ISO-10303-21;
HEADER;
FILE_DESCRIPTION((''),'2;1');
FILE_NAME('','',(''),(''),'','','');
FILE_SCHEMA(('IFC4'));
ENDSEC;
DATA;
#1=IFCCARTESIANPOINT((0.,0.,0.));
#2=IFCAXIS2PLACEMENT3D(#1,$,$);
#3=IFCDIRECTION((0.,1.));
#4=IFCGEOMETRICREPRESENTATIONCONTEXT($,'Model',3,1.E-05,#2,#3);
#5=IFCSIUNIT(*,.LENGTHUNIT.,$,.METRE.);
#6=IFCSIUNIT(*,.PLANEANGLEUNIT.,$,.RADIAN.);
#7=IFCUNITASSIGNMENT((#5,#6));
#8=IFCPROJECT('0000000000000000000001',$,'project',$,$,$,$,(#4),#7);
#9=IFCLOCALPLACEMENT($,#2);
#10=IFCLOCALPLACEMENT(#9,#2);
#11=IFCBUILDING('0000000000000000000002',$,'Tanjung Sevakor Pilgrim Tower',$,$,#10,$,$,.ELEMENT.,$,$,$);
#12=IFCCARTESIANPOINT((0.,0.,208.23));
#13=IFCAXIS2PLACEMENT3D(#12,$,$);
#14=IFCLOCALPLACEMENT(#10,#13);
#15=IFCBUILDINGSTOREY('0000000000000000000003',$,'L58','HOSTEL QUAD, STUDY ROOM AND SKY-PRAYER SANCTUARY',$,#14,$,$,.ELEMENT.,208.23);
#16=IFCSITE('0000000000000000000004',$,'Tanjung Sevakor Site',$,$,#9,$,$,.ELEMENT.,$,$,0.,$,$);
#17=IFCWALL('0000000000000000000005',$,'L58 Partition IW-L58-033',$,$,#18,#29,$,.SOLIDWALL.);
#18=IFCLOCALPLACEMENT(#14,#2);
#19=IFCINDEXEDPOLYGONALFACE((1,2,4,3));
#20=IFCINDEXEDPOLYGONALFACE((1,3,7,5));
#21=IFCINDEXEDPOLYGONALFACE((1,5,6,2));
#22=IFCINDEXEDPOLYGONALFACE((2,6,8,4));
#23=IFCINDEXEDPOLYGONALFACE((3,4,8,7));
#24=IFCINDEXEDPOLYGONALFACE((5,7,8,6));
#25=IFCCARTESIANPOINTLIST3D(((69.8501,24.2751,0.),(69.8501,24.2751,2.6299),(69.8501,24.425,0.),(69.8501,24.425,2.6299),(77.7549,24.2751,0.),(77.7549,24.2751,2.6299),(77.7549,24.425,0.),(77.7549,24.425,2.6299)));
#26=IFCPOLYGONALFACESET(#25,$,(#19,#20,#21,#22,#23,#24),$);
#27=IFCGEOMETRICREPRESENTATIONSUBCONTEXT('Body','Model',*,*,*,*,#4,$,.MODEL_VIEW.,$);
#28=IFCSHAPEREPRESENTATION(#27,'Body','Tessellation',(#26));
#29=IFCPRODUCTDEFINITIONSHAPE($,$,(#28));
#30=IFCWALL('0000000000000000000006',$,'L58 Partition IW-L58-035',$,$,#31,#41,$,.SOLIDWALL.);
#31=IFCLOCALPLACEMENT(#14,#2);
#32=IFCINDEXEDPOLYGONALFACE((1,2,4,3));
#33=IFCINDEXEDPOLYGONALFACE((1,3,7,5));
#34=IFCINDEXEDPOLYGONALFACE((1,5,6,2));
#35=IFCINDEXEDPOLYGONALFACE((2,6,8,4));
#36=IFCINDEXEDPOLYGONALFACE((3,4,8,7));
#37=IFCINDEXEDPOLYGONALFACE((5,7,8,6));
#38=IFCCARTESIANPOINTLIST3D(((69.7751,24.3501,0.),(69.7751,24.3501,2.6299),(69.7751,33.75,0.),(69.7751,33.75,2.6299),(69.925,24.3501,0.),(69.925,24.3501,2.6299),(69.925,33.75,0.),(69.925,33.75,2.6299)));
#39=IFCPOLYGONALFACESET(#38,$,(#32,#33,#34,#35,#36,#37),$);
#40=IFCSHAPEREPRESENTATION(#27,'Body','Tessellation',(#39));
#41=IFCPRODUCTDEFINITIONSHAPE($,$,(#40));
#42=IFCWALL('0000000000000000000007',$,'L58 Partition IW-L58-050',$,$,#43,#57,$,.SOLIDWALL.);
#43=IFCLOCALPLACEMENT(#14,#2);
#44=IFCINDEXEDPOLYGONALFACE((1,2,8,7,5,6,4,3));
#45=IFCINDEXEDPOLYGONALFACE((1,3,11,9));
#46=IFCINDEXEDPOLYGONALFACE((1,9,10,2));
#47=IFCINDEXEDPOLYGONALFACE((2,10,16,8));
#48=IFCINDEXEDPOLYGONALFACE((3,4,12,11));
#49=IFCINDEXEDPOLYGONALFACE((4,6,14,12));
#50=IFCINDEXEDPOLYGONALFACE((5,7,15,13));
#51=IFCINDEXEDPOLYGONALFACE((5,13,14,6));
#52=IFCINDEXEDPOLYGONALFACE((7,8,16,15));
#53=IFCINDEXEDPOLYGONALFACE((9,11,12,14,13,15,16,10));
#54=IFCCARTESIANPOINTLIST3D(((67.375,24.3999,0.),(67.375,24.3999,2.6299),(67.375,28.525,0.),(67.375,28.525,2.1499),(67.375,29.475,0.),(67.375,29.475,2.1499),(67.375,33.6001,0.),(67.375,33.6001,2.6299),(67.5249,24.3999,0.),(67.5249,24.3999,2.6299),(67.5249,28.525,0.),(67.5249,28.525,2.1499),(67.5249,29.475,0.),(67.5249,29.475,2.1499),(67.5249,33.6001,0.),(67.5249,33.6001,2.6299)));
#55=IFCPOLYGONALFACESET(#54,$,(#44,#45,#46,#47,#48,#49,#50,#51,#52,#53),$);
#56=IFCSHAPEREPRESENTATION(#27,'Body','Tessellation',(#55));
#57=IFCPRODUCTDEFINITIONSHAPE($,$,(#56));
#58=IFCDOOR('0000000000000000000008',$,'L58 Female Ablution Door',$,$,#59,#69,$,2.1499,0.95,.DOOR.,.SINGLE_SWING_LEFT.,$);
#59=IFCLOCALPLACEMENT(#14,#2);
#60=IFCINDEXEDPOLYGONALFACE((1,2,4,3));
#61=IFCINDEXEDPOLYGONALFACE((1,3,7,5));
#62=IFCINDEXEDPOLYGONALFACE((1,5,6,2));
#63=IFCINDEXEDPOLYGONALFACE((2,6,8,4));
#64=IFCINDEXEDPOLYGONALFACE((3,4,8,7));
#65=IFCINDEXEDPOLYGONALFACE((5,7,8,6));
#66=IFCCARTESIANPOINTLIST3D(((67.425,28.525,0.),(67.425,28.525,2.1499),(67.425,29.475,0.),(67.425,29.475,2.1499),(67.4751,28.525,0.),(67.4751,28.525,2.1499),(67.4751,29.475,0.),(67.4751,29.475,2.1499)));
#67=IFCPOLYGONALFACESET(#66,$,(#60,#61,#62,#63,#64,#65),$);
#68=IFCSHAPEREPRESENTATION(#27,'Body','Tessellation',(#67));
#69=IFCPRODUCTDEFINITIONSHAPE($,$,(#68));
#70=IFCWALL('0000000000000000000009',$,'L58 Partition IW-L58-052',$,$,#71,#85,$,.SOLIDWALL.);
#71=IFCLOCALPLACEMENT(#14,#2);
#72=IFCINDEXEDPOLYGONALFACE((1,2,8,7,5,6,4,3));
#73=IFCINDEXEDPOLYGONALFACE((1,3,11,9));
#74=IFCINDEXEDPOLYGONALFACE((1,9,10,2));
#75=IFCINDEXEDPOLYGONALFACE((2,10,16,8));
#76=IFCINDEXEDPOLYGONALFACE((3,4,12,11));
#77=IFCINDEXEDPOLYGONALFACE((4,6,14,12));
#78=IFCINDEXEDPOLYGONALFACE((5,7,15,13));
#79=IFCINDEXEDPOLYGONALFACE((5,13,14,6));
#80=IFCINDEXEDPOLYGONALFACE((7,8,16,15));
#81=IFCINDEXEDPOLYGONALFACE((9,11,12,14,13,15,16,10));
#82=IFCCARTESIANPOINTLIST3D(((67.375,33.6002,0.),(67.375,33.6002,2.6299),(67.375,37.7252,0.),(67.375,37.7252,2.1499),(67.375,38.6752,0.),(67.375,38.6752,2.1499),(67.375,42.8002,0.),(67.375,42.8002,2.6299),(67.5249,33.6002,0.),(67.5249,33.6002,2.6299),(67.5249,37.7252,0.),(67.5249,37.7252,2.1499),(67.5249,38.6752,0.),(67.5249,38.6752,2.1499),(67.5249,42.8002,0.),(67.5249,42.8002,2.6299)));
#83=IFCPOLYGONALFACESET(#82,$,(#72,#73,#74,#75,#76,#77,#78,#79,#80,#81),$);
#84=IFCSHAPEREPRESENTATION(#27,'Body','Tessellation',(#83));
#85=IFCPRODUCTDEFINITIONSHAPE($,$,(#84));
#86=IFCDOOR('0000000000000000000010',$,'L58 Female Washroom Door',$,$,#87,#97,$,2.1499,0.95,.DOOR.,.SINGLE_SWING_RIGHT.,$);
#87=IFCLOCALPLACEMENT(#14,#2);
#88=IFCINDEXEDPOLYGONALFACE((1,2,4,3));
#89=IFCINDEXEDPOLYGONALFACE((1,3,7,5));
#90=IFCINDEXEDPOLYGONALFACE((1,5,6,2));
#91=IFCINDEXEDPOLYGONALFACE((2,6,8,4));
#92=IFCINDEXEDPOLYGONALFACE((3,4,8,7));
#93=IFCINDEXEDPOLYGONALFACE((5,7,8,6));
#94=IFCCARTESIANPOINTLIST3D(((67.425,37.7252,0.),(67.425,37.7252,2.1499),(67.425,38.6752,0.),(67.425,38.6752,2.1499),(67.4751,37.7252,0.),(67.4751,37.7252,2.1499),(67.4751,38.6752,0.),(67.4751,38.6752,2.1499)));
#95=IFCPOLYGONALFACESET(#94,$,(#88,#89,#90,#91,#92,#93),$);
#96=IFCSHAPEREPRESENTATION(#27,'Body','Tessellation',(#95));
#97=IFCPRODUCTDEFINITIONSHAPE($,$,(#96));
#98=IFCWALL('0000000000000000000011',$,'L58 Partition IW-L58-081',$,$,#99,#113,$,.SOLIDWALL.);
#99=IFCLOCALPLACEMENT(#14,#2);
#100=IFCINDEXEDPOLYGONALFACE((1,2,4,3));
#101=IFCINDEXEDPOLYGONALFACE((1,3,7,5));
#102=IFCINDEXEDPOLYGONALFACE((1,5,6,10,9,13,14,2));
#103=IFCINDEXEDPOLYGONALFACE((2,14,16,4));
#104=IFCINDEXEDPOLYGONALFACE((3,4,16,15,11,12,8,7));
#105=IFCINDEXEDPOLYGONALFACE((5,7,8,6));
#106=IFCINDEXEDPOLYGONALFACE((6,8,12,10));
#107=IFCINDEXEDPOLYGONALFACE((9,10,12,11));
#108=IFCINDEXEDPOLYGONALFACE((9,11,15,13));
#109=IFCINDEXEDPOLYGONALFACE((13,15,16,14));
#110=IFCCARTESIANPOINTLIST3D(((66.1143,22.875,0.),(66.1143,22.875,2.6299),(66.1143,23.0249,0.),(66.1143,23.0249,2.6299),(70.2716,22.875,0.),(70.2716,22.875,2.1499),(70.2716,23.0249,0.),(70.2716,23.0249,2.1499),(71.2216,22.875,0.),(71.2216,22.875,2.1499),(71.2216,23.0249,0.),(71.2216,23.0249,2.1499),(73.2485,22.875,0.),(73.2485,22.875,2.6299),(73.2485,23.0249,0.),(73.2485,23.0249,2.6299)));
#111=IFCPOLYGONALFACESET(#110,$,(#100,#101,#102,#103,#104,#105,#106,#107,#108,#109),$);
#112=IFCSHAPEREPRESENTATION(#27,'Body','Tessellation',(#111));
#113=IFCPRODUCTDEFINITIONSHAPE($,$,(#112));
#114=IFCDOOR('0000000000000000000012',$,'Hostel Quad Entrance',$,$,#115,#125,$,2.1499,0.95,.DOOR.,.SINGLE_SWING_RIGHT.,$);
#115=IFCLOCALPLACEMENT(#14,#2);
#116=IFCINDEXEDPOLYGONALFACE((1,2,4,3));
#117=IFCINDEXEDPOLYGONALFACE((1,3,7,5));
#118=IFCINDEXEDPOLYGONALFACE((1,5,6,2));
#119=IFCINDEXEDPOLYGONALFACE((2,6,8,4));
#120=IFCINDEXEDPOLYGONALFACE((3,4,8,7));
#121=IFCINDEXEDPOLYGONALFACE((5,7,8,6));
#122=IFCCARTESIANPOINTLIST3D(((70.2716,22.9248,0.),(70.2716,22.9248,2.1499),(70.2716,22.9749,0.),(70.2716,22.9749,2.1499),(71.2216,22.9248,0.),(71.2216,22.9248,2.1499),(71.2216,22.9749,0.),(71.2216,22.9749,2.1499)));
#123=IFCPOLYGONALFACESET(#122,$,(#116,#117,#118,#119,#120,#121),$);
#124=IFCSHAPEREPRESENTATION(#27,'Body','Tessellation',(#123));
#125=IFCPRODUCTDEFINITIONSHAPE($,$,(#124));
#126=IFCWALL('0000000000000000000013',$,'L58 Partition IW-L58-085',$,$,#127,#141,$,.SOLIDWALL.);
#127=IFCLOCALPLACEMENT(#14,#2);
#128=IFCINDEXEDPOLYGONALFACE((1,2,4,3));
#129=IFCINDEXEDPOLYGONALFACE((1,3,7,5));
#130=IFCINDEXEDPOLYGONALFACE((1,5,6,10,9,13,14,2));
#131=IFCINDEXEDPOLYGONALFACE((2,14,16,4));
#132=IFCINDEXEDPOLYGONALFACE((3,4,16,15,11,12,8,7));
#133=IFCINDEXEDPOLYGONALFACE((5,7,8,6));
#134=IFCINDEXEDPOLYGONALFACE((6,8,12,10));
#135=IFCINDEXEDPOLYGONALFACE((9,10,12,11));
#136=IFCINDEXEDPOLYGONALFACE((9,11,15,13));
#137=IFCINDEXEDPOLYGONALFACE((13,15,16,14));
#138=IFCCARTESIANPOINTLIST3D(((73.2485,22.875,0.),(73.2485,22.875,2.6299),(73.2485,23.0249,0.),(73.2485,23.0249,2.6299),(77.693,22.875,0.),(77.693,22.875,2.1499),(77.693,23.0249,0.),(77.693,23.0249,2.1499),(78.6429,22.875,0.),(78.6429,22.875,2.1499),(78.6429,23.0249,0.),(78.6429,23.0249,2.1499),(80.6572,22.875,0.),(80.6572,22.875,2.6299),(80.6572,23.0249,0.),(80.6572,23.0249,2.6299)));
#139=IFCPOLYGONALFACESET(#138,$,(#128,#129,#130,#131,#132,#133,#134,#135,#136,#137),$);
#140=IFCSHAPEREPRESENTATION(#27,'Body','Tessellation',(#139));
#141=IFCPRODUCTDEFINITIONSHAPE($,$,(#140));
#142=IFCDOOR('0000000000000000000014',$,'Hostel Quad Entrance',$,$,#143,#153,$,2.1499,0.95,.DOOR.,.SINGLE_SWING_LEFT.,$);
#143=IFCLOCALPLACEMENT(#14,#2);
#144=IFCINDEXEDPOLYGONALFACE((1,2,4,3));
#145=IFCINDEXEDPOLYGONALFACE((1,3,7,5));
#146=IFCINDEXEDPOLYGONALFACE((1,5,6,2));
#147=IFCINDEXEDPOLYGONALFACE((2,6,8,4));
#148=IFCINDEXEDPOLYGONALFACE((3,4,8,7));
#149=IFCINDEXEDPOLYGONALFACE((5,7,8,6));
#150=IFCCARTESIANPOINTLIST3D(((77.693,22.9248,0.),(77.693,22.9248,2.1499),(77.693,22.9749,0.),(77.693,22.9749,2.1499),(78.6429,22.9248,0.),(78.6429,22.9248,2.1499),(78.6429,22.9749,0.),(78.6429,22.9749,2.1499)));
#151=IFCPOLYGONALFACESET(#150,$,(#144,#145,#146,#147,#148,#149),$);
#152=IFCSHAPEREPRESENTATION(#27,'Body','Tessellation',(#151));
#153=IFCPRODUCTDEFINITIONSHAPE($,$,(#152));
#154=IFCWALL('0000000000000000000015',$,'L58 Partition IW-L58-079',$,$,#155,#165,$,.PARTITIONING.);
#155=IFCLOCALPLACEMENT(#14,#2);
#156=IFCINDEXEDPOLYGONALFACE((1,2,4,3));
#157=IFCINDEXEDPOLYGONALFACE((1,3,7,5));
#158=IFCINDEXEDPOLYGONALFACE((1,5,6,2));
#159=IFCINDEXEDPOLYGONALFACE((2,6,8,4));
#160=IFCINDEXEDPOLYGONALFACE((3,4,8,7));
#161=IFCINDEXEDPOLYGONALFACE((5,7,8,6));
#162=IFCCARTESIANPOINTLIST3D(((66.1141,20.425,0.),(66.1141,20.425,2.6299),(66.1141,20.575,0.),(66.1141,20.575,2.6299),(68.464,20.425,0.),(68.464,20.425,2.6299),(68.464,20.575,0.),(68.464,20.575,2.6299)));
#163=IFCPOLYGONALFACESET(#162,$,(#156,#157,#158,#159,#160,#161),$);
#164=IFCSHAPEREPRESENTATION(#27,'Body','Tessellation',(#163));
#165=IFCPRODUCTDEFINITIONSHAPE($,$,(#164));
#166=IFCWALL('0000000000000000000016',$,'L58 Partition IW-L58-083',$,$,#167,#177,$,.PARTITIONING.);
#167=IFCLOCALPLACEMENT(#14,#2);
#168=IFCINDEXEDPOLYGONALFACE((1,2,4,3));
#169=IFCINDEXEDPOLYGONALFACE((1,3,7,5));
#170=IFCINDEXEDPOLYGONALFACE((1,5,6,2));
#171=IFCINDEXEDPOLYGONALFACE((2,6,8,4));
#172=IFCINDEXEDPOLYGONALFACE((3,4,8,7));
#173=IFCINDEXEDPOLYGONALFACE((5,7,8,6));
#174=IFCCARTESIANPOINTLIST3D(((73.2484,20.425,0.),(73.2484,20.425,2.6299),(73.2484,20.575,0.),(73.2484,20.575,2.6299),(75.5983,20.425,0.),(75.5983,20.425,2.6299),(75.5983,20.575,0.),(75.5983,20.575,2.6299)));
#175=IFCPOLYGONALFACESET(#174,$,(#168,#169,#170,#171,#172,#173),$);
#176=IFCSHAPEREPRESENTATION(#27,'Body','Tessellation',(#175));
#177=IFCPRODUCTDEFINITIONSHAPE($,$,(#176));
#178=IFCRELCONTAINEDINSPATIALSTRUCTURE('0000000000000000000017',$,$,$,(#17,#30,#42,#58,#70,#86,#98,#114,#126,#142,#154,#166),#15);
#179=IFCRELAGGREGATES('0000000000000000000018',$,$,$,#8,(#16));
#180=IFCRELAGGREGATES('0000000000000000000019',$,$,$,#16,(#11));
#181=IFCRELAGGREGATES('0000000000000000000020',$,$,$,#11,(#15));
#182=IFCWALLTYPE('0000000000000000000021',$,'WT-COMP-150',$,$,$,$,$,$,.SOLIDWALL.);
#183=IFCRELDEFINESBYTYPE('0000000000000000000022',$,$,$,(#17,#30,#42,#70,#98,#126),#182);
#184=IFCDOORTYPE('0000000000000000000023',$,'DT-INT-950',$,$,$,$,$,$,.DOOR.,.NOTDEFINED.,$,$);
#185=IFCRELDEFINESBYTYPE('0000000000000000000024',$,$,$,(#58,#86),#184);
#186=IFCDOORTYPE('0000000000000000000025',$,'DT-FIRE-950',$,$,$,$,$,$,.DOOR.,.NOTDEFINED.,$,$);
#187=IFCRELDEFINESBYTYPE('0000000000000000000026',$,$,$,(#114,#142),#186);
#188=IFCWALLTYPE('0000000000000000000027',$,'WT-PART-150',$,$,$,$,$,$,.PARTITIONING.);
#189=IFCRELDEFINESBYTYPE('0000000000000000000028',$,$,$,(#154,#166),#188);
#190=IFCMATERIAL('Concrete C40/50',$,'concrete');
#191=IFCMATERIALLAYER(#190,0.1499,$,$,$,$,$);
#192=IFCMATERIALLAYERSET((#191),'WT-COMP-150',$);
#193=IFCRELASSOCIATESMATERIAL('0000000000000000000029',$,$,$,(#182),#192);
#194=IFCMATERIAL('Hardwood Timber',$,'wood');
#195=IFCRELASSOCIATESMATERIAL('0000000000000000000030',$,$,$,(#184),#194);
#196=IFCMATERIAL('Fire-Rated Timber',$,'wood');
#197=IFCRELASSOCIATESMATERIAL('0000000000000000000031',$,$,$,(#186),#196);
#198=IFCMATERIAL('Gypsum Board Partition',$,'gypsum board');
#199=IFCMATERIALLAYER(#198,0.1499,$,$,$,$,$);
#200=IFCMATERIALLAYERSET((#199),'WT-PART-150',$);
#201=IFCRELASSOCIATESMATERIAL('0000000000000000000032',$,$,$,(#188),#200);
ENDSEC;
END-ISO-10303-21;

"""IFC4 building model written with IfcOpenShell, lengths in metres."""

from ifc_helpers import new_model, si_unit, direction, frame, frame_2d, origin, place, context, subcontext, project, spatial, rectangle, extrude, material, layer, layer_set, type_object, element, fill, save


model = new_model("IFC4")

# Units and contexts
model_context = context("Model", 3, precision=1e-05, world=origin(), true_north=direction((0.0, 1.0)))
body_context = subcontext(model_context, "Body", "Model", "MODEL_VIEW")
ifc_project = project(units=[si_unit("LENGTHUNIT", "METRE"), si_unit("PLANEANGLEUNIT", "RADIAN")], contexts=[model_context])

# Site, building, storey
site_placement = place(None, origin())
site = spatial("IfcSite", under=ifc_project, at=site_placement, Name="Tanjung Sevakor Site", CompositionType="ELEMENT", RefElevation=0.0)
building_placement = place(site_placement, origin())
building = spatial("IfcBuilding", under=site, at=building_placement, Name="Tanjung Sevakor Pilgrim Tower", CompositionType="ELEMENT")
storey_placement = place(building_placement, frame((0.0, 0.0, 208.23)))
storey = spatial("IfcBuildingStorey", under=building, at=storey_placement, Name="L58", Description="HOSTEL QUAD, STUDY ROOM AND SKY-PRAYER SANCTUARY", CompositionType="ELEMENT", Elevation=208.23)

# Walls
ifc_material_1 = material(Name="Concrete C40/50", Category="concrete")
ifc_layer_1 = layer(ifc_material_1, 0.1499)
ifc_layer_set_1 = layer_set([ifc_layer_1], Name="WT-COMP-150")
wall_type_1 = type_object("IfcWallType", Name="WT-COMP-150", PredefinedType="SOLIDWALL", material=ifc_layer_set_1)
wall_1_placement = place(storey_placement, frame((69.8501, 24.3501, 0.0), z_axis=(0.0, 0.0, 1.0), x_axis=(1.0, 0.0, 0.0)))
element("IfcWall", 1, at=wall_1_placement, inside=storey, type_object=wall_type_1, Name="L58 Partition IW-L58-033", PredefinedType="SOLIDWALL", context=body_context, shape_type="SweptSolid", body=[
    extrude(rectangle(XDim=7.9048, YDim=0.1499, at=frame_2d((3.9524, 0.0))), origin(), (0.0, 0.0, 1.0), 2.6299),
])
wall_2_placement = place(storey_placement, frame((69.8501, 24.3501, 0.0), z_axis=(0.0, 0.0, 1.0), x_axis=(0.0, 1.0, 0.0)))
element("IfcWall", 2, at=wall_2_placement, inside=storey, type_object=wall_type_1, Name="L58 Partition IW-L58-035", PredefinedType="SOLIDWALL", context=body_context, shape_type="SweptSolid", body=[
    extrude(rectangle(XDim=9.3999, YDim=0.1499, at=frame_2d((4.7, 0.0))), origin(), (0.0, 0.0, 1.0), 2.6299),
])

# Walls, openings, doors
wall_3_placement = place(storey_placement, frame((67.45, 24.3999, 0.0), z_axis=(0.0, 0.0, 1.0), x_axis=(0.0, 1.0, 0.0)))
wall_3 = element("IfcWall", 3, at=wall_3_placement, inside=storey, type_object=wall_type_1, Name="L58 Partition IW-L58-050", PredefinedType="SOLIDWALL", context=body_context, shape_type="SweptSolid", body=[
    extrude(rectangle(XDim=9.2002, YDim=0.1499, at=frame_2d((4.6001, 0.0))), origin(), (0.0, 0.0, 1.0), 2.6299),
])
opening_1_placement = place(wall_3_placement, frame((4.125, 0.0, 0.0)))
opening_1 = element("IfcOpeningElement", 4, at=opening_1_placement, cuts=wall_3, PredefinedType="OPENING", context=body_context, shape_type="SweptSolid", body=[
    extrude(rectangle(XDim=0.95, YDim=2.1499, at=frame_2d((0.4751, 1.075))), frame((0.0, 0.085, 0.0), z_axis=(0.0, -1.0, 0.0), x_axis=(1.0, 0.0, 0.0)), (0.0, 0.0, 1.0), 0.1699),
])
ifc_material_2 = material(Name="Hardwood Timber", Category="wood")
door_type_1 = type_object("IfcDoorType", Name="DT-INT-950", OperationType="NOTDEFINED", PredefinedType="DOOR", material=ifc_material_2)
door_1_placement = place(opening_1_placement, origin())
door_1 = element("IfcDoor", 5, at=door_1_placement, inside=storey, type_object=door_type_1, Name="L58 Female Ablution Door", OperationType="SINGLE_SWING_LEFT", OverallHeight=2.1499, OverallWidth=0.95, PredefinedType="DOOR", context=body_context, shape_type="SweptSolid", body=[
    extrude(rectangle(XDim=0.95, YDim=2.1499, at=frame_2d((0.4751, 1.075))), frame((0.0, 0.0249, 0.0), z_axis=(0.0, -1.0, 0.0), x_axis=(1.0, 0.0, 0.0)), (0.0, 0.0, 1.0), 0.05),
])
fill(opening_1, door_1)
wall_4_placement = place(storey_placement, frame((67.45, 33.6001, 0.0), z_axis=(0.0, 0.0, 1.0), x_axis=(0.0, 1.0, 0.0)))
wall_4 = element("IfcWall", 6, at=wall_4_placement, inside=storey, type_object=wall_type_1, Name="L58 Partition IW-L58-052", PredefinedType="SOLIDWALL", context=body_context, shape_type="SweptSolid", body=[
    extrude(rectangle(XDim=9.2, YDim=0.1499, at=frame_2d((4.6001, 0.0))), origin(), (0.0, 0.0, 1.0), 2.6299),
])
opening_2_placement = place(wall_4_placement, frame((4.125, 0.0, 0.0)))
opening_2 = element("IfcOpeningElement", 7, at=opening_2_placement, cuts=wall_4, PredefinedType="OPENING", context=body_context, shape_type="SweptSolid", body=[
    extrude(rectangle(XDim=0.95, YDim=2.1499, at=frame_2d((0.4751, 1.075))), frame((0.0, 0.085, 0.0), z_axis=(0.0, -1.0, 0.0), x_axis=(1.0, 0.0, 0.0)), (0.0, 0.0, 1.0), 0.1699),
])
door_2_placement = place(opening_2_placement, origin())
door_2 = element("IfcDoor", 8, at=door_2_placement, inside=storey, type_object=door_type_1, Name="L58 Female Washroom Door", OperationType="SINGLE_SWING_RIGHT", OverallHeight=2.1499, OverallWidth=0.95, PredefinedType="DOOR", context=body_context, shape_type="SweptSolid", body=[
    extrude(rectangle(XDim=0.95, YDim=2.1499, at=frame_2d((0.4751, 1.075))), frame((0.0, 0.0249, 0.0), z_axis=(0.0, -1.0, 0.0), x_axis=(1.0, 0.0, 0.0)), (0.0, 0.0, 1.0), 0.05),
])
fill(opening_2, door_2)
wall_5_placement = place(storey_placement, frame((66.1143, 22.95, 0.0), z_axis=(0.0, 0.0, 1.0), x_axis=(1.0, 0.0, 0.0)))
wall_5 = element("IfcWall", 9, at=wall_5_placement, inside=storey, type_object=wall_type_1, Name="L58 Partition IW-L58-081", PredefinedType="SOLIDWALL", context=body_context, shape_type="SweptSolid", body=[
    extrude(rectangle(XDim=7.1343, YDim=0.1499, at=frame_2d((3.5671, 0.0))), origin(), (0.0, 0.0, 1.0), 2.6299),
])
opening_3_placement = place(wall_5_placement, frame((4.1572, 0.0, 0.0)))
opening_3 = element("IfcOpeningElement", 10, at=opening_3_placement, cuts=wall_5, PredefinedType="OPENING", context=body_context, shape_type="SweptSolid", body=[
    extrude(rectangle(XDim=0.95, YDim=2.1499, at=frame_2d((0.4751, 1.075))), frame((0.0, 0.085, 0.0), z_axis=(0.0, -1.0, 0.0), x_axis=(1.0, 0.0, 0.0)), (0.0, 0.0, 1.0), 0.1699),
])
ifc_material_3 = material(Name="Fire-Rated Timber", Category="wood")
door_type_2 = type_object("IfcDoorType", Name="DT-FIRE-950", OperationType="NOTDEFINED", PredefinedType="DOOR", material=ifc_material_3)
door_3_placement = place(opening_3_placement, origin())
door_3 = element("IfcDoor", 11, at=door_3_placement, inside=storey, type_object=door_type_2, Name="Hostel Quad Entrance", OperationType="SINGLE_SWING_RIGHT", OverallHeight=2.1499, OverallWidth=0.95, PredefinedType="DOOR", context=body_context, shape_type="SweptSolid", body=[
    extrude(rectangle(XDim=0.95, YDim=2.1499, at=frame_2d((0.4751, 1.075))), frame((0.0, 0.0249, 0.0), z_axis=(0.0, -1.0, 0.0), x_axis=(1.0, 0.0, 0.0)), (0.0, 0.0, 1.0), 0.05),
])
fill(opening_3, door_3)
wall_6_placement = place(storey_placement, frame((73.2485, 22.95, 0.0), z_axis=(0.0, 0.0, 1.0), x_axis=(1.0, 0.0, 0.0)))
wall_6 = element("IfcWall", 12, at=wall_6_placement, inside=storey, type_object=wall_type_1, Name="L58 Partition IW-L58-085", PredefinedType="SOLIDWALL", context=body_context, shape_type="SweptSolid", body=[
    extrude(rectangle(XDim=7.4087, YDim=0.1499, at=frame_2d((3.7043, 0.0))), origin(), (0.0, 0.0, 1.0), 2.6299),
])
opening_4_placement = place(wall_6_placement, frame((4.4443, 0.0, 0.0)))
opening_4 = element("IfcOpeningElement", 13, at=opening_4_placement, cuts=wall_6, PredefinedType="OPENING", context=body_context, shape_type="SweptSolid", body=[
    extrude(rectangle(XDim=0.95, YDim=2.1499, at=frame_2d((0.4751, 1.075))), frame((0.0, 0.085, 0.0), z_axis=(0.0, -1.0, 0.0), x_axis=(1.0, 0.0, 0.0)), (0.0, 0.0, 1.0), 0.1699),
])
door_4_placement = place(opening_4_placement, origin())
door_4 = element("IfcDoor", 14, at=door_4_placement, inside=storey, type_object=door_type_2, Name="Hostel Quad Entrance", OperationType="SINGLE_SWING_LEFT", OverallHeight=2.1499, OverallWidth=0.95, PredefinedType="DOOR", context=body_context, shape_type="SweptSolid", body=[
    extrude(rectangle(XDim=0.95, YDim=2.1499, at=frame_2d((0.4751, 1.075))), frame((0.0, 0.0249, 0.0), z_axis=(0.0, -1.0, 0.0), x_axis=(1.0, 0.0, 0.0)), (0.0, 0.0, 1.0), 0.05),
])
fill(opening_4, door_4)

# Walls
ifc_material_4 = material(Name="Gypsum Board Partition", Category="gypsum board")
ifc_layer_2 = layer(ifc_material_4, 0.1499)
ifc_layer_set_2 = layer_set([ifc_layer_2], Name="WT-PART-150")
wall_type_2 = type_object("IfcWallType", Name="WT-PART-150", PredefinedType="PARTITIONING", material=ifc_layer_set_2)
for number, where, z_axis, x_axis, name in (
    (15, (66.1143, 20.5, 0.0), (0.0, 0.0, 1.0), (1.0, 0.0, 0.0), "L58 Partition IW-L58-079"),
    (16, (73.2485, 20.5, 0.0), (0.0, 0.0, 1.0), (1.0, 0.0, 0.0), "L58 Partition IW-L58-083"),
):
    element("IfcWall", number, at=place(storey_placement, frame(where, z_axis=z_axis, x_axis=x_axis)), inside=storey, type_object=wall_type_2, Name=name, PredefinedType="PARTITIONING", context=body_context, shape_type="SweptSolid", body=[
        extrude(rectangle(XDim=2.3499, YDim=0.1499, at=frame_2d((1.1748, 0.0))), origin(), (0.0, 0.0, 1.0), 2.6299),
    ])

save(model, "model.ifc")
